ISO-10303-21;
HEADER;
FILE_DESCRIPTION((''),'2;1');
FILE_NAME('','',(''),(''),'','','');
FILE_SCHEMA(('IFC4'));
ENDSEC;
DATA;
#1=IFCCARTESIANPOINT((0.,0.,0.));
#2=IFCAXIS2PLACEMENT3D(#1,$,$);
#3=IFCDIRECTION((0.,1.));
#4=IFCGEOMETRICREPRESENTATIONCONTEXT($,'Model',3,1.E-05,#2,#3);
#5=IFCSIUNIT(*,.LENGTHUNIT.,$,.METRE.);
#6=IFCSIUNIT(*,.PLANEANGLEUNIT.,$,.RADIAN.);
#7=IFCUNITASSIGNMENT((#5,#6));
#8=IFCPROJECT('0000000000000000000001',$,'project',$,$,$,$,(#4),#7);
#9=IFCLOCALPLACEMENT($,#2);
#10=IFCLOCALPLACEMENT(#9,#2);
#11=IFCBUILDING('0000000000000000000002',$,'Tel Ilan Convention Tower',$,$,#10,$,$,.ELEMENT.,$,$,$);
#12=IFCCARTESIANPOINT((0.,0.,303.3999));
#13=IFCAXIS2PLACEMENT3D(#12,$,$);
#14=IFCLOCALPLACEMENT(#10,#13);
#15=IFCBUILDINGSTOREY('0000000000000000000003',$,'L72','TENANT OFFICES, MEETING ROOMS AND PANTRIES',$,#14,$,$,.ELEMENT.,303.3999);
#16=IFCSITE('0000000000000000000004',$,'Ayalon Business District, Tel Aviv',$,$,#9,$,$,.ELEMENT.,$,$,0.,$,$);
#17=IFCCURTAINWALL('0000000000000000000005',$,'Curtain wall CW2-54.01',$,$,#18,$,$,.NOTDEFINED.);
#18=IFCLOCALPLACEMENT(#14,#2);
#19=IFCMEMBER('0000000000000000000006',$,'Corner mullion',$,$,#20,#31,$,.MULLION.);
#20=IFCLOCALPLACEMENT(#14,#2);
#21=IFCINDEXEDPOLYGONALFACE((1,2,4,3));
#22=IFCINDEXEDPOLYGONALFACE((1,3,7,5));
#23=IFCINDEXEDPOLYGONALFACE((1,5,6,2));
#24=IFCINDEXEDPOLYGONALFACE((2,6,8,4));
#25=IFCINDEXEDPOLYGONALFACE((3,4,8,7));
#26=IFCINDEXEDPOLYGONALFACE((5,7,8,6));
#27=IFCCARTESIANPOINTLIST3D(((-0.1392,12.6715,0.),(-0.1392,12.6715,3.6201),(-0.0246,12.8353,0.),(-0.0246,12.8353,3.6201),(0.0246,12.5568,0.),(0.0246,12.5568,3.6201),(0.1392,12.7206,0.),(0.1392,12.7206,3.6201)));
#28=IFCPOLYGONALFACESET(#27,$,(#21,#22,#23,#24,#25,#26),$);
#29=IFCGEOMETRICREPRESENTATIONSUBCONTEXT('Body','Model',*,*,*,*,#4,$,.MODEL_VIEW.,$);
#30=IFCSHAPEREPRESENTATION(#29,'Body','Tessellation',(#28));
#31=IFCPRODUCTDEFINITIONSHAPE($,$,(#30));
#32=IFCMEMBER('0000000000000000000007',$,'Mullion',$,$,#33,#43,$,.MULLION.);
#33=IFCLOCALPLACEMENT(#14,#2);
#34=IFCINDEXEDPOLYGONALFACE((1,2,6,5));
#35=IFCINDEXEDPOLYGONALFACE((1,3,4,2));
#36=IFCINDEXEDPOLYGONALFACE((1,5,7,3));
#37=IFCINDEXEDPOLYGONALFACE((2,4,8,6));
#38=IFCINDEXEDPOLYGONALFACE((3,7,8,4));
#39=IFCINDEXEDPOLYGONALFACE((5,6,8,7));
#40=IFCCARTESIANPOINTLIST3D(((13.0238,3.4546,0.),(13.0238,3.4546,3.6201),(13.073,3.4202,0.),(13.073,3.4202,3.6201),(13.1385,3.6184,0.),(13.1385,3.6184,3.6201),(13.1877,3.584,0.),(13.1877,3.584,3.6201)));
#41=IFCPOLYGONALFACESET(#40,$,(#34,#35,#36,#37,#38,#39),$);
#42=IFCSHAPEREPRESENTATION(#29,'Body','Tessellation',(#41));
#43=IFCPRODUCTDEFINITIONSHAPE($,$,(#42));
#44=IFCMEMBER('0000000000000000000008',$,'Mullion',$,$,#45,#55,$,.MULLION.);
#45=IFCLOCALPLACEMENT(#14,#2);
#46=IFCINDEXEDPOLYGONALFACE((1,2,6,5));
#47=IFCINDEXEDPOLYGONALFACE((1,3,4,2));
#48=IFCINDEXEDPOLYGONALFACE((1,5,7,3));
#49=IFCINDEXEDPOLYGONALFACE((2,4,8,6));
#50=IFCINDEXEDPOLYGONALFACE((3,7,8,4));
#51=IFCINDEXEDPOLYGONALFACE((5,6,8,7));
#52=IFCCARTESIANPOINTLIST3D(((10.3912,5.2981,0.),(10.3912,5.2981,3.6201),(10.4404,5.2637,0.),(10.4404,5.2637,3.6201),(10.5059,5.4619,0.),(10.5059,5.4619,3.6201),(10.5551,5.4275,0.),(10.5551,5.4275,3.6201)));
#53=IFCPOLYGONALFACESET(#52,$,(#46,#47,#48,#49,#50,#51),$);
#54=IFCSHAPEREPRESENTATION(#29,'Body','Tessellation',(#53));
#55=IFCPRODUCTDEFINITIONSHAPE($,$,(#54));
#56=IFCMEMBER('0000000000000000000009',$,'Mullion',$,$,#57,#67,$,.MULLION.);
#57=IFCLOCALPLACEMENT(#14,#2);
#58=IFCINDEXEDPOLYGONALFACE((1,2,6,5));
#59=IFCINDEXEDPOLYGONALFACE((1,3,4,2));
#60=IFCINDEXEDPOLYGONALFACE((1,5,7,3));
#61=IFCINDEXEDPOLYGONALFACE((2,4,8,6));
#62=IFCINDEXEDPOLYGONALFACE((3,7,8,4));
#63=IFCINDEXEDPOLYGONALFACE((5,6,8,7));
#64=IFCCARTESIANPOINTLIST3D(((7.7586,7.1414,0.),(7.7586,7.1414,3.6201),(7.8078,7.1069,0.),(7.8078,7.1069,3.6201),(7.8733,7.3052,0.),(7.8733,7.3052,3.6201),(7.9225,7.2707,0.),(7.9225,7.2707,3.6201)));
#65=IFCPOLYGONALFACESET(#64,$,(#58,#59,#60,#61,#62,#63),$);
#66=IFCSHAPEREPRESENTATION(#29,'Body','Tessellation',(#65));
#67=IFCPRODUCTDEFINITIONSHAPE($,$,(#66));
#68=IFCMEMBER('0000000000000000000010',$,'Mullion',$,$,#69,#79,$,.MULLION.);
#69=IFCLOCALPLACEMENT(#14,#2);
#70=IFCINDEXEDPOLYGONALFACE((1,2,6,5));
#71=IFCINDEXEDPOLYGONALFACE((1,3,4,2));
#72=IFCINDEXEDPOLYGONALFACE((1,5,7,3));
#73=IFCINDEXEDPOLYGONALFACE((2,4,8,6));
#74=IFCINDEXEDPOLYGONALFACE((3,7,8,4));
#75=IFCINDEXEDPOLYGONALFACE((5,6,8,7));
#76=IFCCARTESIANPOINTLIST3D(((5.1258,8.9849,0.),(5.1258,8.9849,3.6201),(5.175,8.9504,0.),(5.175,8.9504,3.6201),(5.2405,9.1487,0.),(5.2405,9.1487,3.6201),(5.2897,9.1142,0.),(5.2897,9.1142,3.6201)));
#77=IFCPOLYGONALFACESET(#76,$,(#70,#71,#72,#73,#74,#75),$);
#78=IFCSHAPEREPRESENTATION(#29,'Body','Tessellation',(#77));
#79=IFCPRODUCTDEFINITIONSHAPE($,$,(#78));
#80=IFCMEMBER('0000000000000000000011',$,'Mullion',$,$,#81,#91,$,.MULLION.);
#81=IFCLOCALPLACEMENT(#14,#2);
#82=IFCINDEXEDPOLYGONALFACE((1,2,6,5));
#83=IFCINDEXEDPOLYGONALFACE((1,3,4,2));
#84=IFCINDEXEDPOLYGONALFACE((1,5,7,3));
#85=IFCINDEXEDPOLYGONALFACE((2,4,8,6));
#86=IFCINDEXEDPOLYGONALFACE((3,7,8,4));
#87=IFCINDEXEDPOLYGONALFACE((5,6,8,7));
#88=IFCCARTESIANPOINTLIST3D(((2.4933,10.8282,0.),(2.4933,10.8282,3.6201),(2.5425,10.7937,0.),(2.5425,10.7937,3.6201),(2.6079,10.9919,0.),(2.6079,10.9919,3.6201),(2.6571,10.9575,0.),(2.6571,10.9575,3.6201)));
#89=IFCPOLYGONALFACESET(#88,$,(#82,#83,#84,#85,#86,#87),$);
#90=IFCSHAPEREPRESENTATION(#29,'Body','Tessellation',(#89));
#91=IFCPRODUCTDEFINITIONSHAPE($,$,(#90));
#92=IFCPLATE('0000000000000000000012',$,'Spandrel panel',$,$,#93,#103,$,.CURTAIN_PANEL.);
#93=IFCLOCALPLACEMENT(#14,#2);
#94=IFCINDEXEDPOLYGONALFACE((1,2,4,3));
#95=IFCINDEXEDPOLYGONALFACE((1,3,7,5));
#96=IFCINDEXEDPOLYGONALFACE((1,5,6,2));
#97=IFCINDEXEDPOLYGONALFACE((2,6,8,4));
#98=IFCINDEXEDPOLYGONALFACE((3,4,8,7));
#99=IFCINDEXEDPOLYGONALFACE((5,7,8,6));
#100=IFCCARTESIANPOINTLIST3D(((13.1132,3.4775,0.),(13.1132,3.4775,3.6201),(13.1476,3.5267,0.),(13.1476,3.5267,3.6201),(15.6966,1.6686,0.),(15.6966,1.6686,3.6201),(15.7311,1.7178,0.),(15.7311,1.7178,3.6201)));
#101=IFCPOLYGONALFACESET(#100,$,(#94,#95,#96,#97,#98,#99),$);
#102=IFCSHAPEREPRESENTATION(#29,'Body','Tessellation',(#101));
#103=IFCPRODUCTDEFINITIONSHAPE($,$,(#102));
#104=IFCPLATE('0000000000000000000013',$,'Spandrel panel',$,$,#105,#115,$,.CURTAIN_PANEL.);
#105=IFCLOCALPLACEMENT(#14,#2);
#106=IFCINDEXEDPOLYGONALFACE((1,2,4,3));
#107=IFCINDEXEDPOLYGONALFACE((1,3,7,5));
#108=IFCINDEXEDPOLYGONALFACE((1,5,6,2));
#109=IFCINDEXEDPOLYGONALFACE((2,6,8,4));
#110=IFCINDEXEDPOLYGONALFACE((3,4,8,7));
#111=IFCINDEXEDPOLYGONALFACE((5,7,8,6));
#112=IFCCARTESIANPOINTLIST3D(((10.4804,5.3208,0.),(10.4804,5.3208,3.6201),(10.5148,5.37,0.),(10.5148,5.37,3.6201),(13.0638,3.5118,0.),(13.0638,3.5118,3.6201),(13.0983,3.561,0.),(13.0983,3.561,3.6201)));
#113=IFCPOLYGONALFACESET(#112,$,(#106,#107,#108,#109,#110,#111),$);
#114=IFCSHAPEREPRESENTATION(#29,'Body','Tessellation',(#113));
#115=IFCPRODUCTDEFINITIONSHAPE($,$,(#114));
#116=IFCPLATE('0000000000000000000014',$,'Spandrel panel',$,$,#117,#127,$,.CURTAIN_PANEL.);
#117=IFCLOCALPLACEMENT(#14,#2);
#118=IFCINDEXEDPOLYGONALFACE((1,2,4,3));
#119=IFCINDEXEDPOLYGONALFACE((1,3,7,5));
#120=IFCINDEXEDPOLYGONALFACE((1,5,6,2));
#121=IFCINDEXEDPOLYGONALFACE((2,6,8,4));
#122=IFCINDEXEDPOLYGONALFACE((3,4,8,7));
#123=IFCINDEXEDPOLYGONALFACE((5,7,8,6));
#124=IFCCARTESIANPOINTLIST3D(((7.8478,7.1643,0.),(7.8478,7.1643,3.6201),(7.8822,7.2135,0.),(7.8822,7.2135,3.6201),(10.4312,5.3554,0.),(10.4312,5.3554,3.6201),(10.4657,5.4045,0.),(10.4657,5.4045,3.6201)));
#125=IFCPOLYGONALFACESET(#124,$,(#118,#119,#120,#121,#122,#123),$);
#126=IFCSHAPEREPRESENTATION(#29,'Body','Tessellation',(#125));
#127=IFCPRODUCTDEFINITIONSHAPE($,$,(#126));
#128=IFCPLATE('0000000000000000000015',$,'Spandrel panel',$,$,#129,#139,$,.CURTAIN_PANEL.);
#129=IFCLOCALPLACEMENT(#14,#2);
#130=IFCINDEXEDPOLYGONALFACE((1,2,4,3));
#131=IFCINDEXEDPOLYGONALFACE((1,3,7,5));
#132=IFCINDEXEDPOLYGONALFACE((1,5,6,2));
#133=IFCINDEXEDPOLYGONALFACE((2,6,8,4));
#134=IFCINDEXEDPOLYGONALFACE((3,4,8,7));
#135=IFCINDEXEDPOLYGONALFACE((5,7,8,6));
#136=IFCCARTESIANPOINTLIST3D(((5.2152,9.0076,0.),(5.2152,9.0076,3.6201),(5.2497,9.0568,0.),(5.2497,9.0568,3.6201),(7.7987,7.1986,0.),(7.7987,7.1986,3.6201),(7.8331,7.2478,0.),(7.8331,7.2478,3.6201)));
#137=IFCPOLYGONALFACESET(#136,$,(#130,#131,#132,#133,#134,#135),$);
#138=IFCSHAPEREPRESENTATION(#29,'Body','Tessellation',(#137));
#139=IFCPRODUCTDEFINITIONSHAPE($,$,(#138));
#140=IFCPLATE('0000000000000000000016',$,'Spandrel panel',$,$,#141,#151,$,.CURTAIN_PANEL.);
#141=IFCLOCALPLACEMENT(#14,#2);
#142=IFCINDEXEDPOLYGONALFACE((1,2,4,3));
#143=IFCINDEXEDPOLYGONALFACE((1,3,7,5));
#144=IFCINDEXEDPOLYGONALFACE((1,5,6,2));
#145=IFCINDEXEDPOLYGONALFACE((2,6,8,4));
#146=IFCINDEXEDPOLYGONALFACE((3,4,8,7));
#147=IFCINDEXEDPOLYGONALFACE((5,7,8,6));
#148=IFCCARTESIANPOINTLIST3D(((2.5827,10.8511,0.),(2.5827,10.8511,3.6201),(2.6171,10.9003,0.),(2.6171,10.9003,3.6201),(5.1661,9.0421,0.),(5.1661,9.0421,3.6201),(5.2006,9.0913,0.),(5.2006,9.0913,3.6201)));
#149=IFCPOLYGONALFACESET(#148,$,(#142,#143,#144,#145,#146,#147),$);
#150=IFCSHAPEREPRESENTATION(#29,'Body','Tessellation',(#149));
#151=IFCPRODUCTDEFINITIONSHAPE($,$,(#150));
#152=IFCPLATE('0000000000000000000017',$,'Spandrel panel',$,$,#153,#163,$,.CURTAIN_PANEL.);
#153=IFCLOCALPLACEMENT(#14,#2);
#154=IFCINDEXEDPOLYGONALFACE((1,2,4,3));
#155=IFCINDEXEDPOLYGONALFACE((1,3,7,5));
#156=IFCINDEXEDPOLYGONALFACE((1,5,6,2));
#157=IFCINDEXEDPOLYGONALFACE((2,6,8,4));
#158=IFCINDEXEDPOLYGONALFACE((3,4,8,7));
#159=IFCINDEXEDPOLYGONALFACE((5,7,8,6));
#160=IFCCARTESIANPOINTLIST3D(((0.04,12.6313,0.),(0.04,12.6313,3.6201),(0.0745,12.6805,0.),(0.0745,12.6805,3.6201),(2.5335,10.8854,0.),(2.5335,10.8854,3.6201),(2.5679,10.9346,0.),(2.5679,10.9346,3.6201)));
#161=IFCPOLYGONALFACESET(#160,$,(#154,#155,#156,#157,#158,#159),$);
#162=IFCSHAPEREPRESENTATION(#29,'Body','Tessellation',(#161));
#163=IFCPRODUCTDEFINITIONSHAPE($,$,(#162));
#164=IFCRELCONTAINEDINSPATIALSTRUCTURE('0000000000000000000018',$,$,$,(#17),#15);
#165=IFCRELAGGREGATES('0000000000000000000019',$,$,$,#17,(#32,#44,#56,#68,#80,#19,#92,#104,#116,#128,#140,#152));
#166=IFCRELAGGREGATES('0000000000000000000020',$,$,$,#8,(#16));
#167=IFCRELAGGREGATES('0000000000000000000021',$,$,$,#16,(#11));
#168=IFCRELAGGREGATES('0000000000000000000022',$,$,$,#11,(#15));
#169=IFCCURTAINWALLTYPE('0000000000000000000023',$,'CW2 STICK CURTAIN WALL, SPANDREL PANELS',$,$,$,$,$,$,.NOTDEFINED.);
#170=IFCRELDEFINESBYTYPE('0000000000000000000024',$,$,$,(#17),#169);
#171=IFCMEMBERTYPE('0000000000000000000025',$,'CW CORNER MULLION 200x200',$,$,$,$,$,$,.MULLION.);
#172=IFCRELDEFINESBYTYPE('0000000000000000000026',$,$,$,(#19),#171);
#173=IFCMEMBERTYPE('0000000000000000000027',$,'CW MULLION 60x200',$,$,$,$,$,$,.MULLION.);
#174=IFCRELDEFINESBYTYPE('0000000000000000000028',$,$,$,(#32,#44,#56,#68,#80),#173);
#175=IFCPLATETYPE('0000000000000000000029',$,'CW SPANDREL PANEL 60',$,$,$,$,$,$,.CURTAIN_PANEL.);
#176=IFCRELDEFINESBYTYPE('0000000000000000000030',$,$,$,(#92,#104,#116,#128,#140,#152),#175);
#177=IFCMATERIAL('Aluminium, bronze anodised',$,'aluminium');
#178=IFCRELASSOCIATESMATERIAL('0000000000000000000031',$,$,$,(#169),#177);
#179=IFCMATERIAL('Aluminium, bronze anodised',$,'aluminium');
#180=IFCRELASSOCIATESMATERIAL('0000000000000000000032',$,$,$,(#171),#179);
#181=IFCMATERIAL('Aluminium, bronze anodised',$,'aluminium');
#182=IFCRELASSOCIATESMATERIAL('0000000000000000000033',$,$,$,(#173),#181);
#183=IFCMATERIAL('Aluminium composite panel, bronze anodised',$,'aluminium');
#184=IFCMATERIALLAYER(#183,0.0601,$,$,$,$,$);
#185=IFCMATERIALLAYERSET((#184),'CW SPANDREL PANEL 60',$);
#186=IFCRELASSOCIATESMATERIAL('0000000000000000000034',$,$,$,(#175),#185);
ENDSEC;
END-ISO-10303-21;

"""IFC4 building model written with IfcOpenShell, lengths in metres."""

from ifc_helpers import new_model, si_unit, direction, frame, origin, origin_2d, place, context, subcontext, project, spatial, rectangle, extrude, material, layer, layer_set, material_profile, profile_set, type_object, element, aggregate, save


model = new_model("IFC4")

# Units and contexts
model_context = context("Model", 3, precision=1e-05, world=origin(), true_north=direction((0.0, 1.0)))
body_context = subcontext(model_context, "Body", "Model", "MODEL_VIEW")
ifc_project = project(units=[si_unit("LENGTHUNIT", "METRE"), si_unit("PLANEANGLEUNIT", "RADIAN")], contexts=[model_context])

# Site, building, storey
site_placement = place(None, origin())
site = spatial("IfcSite", under=ifc_project, at=site_placement, Name="Ayalon Business District, Tel Aviv", CompositionType="ELEMENT", RefElevation=0.0)
building_placement = place(site_placement, origin())
building = spatial("IfcBuilding", under=site, at=building_placement, Name="Tel Ilan Convention Tower", CompositionType="ELEMENT")
storey_placement = place(building_placement, frame((0.0, 0.0, 303.3999)))
storey = spatial("IfcBuildingStorey", under=building, at=storey_placement, Name="L72", Description="TENANT OFFICES, MEETING ROOMS AND PANTRIES", CompositionType="ELEMENT", Elevation=303.3999)

# Curtain wall, members, plates
ifc_material_1 = material(Name="Aluminium, bronze anodised", Category="aluminium")
curtain_wall_type = type_object("IfcCurtainWallType", Name="CW2 STICK CURTAIN WALL, SPANDREL PANELS", PredefinedType="NOTDEFINED", material=ifc_material_1)
curtain_wall_placement = place(storey_placement, origin())
curtain_wall = element("IfcCurtainWall", 1, at=curtain_wall_placement, inside=storey, type_object=curtain_wall_type, Name="Curtain wall CW2-54.01", PredefinedType="NOTDEFINED")
ifc_material_2 = material(Name="Aluminium, bronze anodised", Category="aluminium")
ifc_material_profile_1 = material_profile(ifc_material_2, rectangle(XDim=0.2, YDim=0.2, at=origin_2d()), Name="CW CORNER MULLION 200x200")
ifc_profile_set_1 = profile_set([ifc_material_profile_1], Name="Aluminium, bronze anodised")
member_type_1 = type_object("IfcMemberType", Name="CW CORNER MULLION 200x200", PredefinedType="MULLION", material=ifc_profile_set_1)
member_1_placement = place(storey_placement, frame((0.0, 12.696, 0.0), z_axis=(0.0, 0.0, 1.0), x_axis=(-0.819152, 0.573576, 0.0)))
member_1 = element("IfcMember", 2, at=member_1_placement, type_object=member_type_1, Name="Corner mullion", PredefinedType="MULLION", context=body_context, shape_type="SweptSolid", body=[
    extrude(rectangle(XDim=0.2, YDim=0.2, at=origin_2d()), origin(), (0.0, 0.0, 1.0), 3.6201),
])
ifc_material_3 = material(Name="Aluminium, bronze anodised", Category="aluminium")
ifc_material_profile_2 = material_profile(ifc_material_3, rectangle(XDim=0.0601, YDim=0.2, at=origin_2d()), Name="CW MULLION 60x200")
ifc_profile_set_2 = profile_set([ifc_material_profile_2], Name="Aluminium, bronze anodised")
member_type_2 = type_object("IfcMemberType", Name="CW MULLION 60x200", PredefinedType="MULLION", material=ifc_profile_set_2)
member_2_placement = place(storey_placement, frame((13.1057, 3.5193, 0.0), z_axis=(0.0, 0.0, 1.0), x_axis=(-0.819152, 0.573576, 0.0)))
member_2 = element("IfcMember", 3, at=member_2_placement, type_object=member_type_2, Name="Mullion", PredefinedType="MULLION", context=body_context, shape_type="SweptSolid", body=[
    extrude(rectangle(XDim=0.0601, YDim=0.2, at=origin_2d()), origin(), (0.0, 0.0, 1.0), 3.6201),
])
member_3_placement = place(storey_placement, frame((10.4731, 5.3628, 0.0), z_axis=(0.0, 0.0, 1.0), x_axis=(-0.819152, 0.573576, 0.0)))
member_3 = element("IfcMember", 4, at=member_3_placement, type_object=member_type_2, Name="Mullion", PredefinedType="MULLION", context=body_context, shape_type="SweptSolid", body=[
    extrude(rectangle(XDim=0.0601, YDim=0.2, at=origin_2d()), origin(), (0.0, 0.0, 1.0), 3.6201),
])
member_4_placement = place(storey_placement, frame((7.8406, 7.2061, 0.0), z_axis=(0.0, 0.0, 1.0), x_axis=(-0.819152, 0.573576, 0.0)))
member_4 = element("IfcMember", 5, at=member_4_placement, type_object=member_type_2, Name="Mullion", PredefinedType="MULLION", context=body_context, shape_type="SweptSolid", body=[
    extrude(rectangle(XDim=0.0601, YDim=0.2, at=origin_2d()), origin(), (0.0, 0.0, 1.0), 3.6201),
])
member_5_placement = place(storey_placement, frame((5.2078, 9.0496, 0.0), z_axis=(0.0, 0.0, 1.0), x_axis=(-0.819152, 0.573576, 0.0)))
member_5 = element("IfcMember", 6, at=member_5_placement, type_object=member_type_2, Name="Mullion", PredefinedType="MULLION", context=body_context, shape_type="SweptSolid", body=[
    extrude(rectangle(XDim=0.0601, YDim=0.2, at=origin_2d()), origin(), (0.0, 0.0, 1.0), 3.6201),
])
member_6_placement = place(storey_placement, frame((2.5752, 10.8928, 0.0), z_axis=(0.0, 0.0, 1.0), x_axis=(-0.819152, 0.573576, 0.0)))
member_6 = element("IfcMember", 7, at=member_6_placement, type_object=member_type_2, Name="Mullion", PredefinedType="MULLION", context=body_context, shape_type="SweptSolid", body=[
    extrude(rectangle(XDim=0.0601, YDim=0.2, at=origin_2d()), origin(), (0.0, 0.0, 1.0), 3.6201),
])
ifc_material_4 = material(Name="Aluminium composite panel, bronze anodised", Category="aluminium")
ifc_layer_1 = layer(ifc_material_4, 0.0601)
ifc_layer_set_1 = layer_set([ifc_layer_1], Name="CW SPANDREL PANEL 60")
plate_type = type_object("IfcPlateType", Name="CW SPANDREL PANEL 60", PredefinedType="CURTAIN_PANEL", material=ifc_layer_set_1)
plate_1_placement = place(storey_placement, frame((14.4221, 2.5977, 0.0), z_axis=(0.0, 0.0, 1.0), x_axis=(-0.819152, 0.573576, 0.0)))
plate_1 = element("IfcPlate", 8, at=plate_1_placement, type_object=plate_type, Name="Spandrel panel", PredefinedType="CURTAIN_PANEL", context=body_context, shape_type="SweptSolid", body=[
    extrude(rectangle(XDim=3.1538, YDim=0.0601, at=origin_2d()), origin(), (0.0, 0.0, 1.0), 3.6201),
])
plate_2_placement = place(storey_placement, frame((11.7893, 4.4409, 0.0), z_axis=(0.0, 0.0, 1.0), x_axis=(-0.819152, 0.573576, 0.0)))
plate_2 = element("IfcPlate", 9, at=plate_2_placement, type_object=plate_type, Name="Spandrel panel", PredefinedType="CURTAIN_PANEL", context=body_context, shape_type="SweptSolid", body=[
    extrude(rectangle(XDim=3.1538, YDim=0.0601, at=origin_2d()), origin(), (0.0, 0.0, 1.0), 3.6201),
])
plate_3_placement = place(storey_placement, frame((9.1567, 6.2844, 0.0), z_axis=(0.0, 0.0, 1.0), x_axis=(-0.819152, 0.573576, 0.0)))
plate_3 = element("IfcPlate", 10, at=plate_3_placement, type_object=plate_type, Name="Spandrel panel", PredefinedType="CURTAIN_PANEL", context=body_context, shape_type="SweptSolid", body=[
    extrude(rectangle(XDim=3.1538, YDim=0.0601, at=origin_2d()), origin(), (0.0, 0.0, 1.0), 3.6201),
])
plate_4_placement = place(storey_placement, frame((6.5242, 8.1277, 0.0), z_axis=(0.0, 0.0, 1.0), x_axis=(-0.819152, 0.573576, 0.0)))
plate_4 = element("IfcPlate", 11, at=plate_4_placement, type_object=plate_type, Name="Spandrel panel", PredefinedType="CURTAIN_PANEL", context=body_context, shape_type="SweptSolid", body=[
    extrude(rectangle(XDim=3.1538, YDim=0.0601, at=origin_2d()), origin(), (0.0, 0.0, 1.0), 3.6201),
])
plate_5_placement = place(storey_placement, frame((3.8916, 9.9712, 0.0), z_axis=(0.0, 0.0, 1.0), x_axis=(-0.819152, 0.573576, 0.0)))
plate_5 = element("IfcPlate", 12, at=plate_5_placement, type_object=plate_type, Name="Spandrel panel", PredefinedType="CURTAIN_PANEL", context=body_context, shape_type="SweptSolid", body=[
    extrude(rectangle(XDim=3.1538, YDim=0.0601, at=origin_2d()), origin(), (0.0, 0.0, 1.0), 3.6201),
])
plate_6_placement = place(storey_placement, frame((1.304, 11.783, 0.0), z_axis=(0.0, 0.0, 1.0), x_axis=(-0.819152, 0.573576, 0.0)))
plate_6 = element("IfcPlate", 13, at=plate_6_placement, type_object=plate_type, Name="Spandrel panel", PredefinedType="CURTAIN_PANEL", context=body_context, shape_type="SweptSolid", body=[
    extrude(rectangle(XDim=3.0439, YDim=0.0601, at=origin_2d()), origin(), (0.0, 0.0, 1.0), 3.6201),
])
aggregate(curtain_wall, [member_2, member_3, member_4, member_5, member_6, member_1, plate_1, plate_2, plate_3, plate_4, plate_5, plate_6])

save(model, "model.ifc")
